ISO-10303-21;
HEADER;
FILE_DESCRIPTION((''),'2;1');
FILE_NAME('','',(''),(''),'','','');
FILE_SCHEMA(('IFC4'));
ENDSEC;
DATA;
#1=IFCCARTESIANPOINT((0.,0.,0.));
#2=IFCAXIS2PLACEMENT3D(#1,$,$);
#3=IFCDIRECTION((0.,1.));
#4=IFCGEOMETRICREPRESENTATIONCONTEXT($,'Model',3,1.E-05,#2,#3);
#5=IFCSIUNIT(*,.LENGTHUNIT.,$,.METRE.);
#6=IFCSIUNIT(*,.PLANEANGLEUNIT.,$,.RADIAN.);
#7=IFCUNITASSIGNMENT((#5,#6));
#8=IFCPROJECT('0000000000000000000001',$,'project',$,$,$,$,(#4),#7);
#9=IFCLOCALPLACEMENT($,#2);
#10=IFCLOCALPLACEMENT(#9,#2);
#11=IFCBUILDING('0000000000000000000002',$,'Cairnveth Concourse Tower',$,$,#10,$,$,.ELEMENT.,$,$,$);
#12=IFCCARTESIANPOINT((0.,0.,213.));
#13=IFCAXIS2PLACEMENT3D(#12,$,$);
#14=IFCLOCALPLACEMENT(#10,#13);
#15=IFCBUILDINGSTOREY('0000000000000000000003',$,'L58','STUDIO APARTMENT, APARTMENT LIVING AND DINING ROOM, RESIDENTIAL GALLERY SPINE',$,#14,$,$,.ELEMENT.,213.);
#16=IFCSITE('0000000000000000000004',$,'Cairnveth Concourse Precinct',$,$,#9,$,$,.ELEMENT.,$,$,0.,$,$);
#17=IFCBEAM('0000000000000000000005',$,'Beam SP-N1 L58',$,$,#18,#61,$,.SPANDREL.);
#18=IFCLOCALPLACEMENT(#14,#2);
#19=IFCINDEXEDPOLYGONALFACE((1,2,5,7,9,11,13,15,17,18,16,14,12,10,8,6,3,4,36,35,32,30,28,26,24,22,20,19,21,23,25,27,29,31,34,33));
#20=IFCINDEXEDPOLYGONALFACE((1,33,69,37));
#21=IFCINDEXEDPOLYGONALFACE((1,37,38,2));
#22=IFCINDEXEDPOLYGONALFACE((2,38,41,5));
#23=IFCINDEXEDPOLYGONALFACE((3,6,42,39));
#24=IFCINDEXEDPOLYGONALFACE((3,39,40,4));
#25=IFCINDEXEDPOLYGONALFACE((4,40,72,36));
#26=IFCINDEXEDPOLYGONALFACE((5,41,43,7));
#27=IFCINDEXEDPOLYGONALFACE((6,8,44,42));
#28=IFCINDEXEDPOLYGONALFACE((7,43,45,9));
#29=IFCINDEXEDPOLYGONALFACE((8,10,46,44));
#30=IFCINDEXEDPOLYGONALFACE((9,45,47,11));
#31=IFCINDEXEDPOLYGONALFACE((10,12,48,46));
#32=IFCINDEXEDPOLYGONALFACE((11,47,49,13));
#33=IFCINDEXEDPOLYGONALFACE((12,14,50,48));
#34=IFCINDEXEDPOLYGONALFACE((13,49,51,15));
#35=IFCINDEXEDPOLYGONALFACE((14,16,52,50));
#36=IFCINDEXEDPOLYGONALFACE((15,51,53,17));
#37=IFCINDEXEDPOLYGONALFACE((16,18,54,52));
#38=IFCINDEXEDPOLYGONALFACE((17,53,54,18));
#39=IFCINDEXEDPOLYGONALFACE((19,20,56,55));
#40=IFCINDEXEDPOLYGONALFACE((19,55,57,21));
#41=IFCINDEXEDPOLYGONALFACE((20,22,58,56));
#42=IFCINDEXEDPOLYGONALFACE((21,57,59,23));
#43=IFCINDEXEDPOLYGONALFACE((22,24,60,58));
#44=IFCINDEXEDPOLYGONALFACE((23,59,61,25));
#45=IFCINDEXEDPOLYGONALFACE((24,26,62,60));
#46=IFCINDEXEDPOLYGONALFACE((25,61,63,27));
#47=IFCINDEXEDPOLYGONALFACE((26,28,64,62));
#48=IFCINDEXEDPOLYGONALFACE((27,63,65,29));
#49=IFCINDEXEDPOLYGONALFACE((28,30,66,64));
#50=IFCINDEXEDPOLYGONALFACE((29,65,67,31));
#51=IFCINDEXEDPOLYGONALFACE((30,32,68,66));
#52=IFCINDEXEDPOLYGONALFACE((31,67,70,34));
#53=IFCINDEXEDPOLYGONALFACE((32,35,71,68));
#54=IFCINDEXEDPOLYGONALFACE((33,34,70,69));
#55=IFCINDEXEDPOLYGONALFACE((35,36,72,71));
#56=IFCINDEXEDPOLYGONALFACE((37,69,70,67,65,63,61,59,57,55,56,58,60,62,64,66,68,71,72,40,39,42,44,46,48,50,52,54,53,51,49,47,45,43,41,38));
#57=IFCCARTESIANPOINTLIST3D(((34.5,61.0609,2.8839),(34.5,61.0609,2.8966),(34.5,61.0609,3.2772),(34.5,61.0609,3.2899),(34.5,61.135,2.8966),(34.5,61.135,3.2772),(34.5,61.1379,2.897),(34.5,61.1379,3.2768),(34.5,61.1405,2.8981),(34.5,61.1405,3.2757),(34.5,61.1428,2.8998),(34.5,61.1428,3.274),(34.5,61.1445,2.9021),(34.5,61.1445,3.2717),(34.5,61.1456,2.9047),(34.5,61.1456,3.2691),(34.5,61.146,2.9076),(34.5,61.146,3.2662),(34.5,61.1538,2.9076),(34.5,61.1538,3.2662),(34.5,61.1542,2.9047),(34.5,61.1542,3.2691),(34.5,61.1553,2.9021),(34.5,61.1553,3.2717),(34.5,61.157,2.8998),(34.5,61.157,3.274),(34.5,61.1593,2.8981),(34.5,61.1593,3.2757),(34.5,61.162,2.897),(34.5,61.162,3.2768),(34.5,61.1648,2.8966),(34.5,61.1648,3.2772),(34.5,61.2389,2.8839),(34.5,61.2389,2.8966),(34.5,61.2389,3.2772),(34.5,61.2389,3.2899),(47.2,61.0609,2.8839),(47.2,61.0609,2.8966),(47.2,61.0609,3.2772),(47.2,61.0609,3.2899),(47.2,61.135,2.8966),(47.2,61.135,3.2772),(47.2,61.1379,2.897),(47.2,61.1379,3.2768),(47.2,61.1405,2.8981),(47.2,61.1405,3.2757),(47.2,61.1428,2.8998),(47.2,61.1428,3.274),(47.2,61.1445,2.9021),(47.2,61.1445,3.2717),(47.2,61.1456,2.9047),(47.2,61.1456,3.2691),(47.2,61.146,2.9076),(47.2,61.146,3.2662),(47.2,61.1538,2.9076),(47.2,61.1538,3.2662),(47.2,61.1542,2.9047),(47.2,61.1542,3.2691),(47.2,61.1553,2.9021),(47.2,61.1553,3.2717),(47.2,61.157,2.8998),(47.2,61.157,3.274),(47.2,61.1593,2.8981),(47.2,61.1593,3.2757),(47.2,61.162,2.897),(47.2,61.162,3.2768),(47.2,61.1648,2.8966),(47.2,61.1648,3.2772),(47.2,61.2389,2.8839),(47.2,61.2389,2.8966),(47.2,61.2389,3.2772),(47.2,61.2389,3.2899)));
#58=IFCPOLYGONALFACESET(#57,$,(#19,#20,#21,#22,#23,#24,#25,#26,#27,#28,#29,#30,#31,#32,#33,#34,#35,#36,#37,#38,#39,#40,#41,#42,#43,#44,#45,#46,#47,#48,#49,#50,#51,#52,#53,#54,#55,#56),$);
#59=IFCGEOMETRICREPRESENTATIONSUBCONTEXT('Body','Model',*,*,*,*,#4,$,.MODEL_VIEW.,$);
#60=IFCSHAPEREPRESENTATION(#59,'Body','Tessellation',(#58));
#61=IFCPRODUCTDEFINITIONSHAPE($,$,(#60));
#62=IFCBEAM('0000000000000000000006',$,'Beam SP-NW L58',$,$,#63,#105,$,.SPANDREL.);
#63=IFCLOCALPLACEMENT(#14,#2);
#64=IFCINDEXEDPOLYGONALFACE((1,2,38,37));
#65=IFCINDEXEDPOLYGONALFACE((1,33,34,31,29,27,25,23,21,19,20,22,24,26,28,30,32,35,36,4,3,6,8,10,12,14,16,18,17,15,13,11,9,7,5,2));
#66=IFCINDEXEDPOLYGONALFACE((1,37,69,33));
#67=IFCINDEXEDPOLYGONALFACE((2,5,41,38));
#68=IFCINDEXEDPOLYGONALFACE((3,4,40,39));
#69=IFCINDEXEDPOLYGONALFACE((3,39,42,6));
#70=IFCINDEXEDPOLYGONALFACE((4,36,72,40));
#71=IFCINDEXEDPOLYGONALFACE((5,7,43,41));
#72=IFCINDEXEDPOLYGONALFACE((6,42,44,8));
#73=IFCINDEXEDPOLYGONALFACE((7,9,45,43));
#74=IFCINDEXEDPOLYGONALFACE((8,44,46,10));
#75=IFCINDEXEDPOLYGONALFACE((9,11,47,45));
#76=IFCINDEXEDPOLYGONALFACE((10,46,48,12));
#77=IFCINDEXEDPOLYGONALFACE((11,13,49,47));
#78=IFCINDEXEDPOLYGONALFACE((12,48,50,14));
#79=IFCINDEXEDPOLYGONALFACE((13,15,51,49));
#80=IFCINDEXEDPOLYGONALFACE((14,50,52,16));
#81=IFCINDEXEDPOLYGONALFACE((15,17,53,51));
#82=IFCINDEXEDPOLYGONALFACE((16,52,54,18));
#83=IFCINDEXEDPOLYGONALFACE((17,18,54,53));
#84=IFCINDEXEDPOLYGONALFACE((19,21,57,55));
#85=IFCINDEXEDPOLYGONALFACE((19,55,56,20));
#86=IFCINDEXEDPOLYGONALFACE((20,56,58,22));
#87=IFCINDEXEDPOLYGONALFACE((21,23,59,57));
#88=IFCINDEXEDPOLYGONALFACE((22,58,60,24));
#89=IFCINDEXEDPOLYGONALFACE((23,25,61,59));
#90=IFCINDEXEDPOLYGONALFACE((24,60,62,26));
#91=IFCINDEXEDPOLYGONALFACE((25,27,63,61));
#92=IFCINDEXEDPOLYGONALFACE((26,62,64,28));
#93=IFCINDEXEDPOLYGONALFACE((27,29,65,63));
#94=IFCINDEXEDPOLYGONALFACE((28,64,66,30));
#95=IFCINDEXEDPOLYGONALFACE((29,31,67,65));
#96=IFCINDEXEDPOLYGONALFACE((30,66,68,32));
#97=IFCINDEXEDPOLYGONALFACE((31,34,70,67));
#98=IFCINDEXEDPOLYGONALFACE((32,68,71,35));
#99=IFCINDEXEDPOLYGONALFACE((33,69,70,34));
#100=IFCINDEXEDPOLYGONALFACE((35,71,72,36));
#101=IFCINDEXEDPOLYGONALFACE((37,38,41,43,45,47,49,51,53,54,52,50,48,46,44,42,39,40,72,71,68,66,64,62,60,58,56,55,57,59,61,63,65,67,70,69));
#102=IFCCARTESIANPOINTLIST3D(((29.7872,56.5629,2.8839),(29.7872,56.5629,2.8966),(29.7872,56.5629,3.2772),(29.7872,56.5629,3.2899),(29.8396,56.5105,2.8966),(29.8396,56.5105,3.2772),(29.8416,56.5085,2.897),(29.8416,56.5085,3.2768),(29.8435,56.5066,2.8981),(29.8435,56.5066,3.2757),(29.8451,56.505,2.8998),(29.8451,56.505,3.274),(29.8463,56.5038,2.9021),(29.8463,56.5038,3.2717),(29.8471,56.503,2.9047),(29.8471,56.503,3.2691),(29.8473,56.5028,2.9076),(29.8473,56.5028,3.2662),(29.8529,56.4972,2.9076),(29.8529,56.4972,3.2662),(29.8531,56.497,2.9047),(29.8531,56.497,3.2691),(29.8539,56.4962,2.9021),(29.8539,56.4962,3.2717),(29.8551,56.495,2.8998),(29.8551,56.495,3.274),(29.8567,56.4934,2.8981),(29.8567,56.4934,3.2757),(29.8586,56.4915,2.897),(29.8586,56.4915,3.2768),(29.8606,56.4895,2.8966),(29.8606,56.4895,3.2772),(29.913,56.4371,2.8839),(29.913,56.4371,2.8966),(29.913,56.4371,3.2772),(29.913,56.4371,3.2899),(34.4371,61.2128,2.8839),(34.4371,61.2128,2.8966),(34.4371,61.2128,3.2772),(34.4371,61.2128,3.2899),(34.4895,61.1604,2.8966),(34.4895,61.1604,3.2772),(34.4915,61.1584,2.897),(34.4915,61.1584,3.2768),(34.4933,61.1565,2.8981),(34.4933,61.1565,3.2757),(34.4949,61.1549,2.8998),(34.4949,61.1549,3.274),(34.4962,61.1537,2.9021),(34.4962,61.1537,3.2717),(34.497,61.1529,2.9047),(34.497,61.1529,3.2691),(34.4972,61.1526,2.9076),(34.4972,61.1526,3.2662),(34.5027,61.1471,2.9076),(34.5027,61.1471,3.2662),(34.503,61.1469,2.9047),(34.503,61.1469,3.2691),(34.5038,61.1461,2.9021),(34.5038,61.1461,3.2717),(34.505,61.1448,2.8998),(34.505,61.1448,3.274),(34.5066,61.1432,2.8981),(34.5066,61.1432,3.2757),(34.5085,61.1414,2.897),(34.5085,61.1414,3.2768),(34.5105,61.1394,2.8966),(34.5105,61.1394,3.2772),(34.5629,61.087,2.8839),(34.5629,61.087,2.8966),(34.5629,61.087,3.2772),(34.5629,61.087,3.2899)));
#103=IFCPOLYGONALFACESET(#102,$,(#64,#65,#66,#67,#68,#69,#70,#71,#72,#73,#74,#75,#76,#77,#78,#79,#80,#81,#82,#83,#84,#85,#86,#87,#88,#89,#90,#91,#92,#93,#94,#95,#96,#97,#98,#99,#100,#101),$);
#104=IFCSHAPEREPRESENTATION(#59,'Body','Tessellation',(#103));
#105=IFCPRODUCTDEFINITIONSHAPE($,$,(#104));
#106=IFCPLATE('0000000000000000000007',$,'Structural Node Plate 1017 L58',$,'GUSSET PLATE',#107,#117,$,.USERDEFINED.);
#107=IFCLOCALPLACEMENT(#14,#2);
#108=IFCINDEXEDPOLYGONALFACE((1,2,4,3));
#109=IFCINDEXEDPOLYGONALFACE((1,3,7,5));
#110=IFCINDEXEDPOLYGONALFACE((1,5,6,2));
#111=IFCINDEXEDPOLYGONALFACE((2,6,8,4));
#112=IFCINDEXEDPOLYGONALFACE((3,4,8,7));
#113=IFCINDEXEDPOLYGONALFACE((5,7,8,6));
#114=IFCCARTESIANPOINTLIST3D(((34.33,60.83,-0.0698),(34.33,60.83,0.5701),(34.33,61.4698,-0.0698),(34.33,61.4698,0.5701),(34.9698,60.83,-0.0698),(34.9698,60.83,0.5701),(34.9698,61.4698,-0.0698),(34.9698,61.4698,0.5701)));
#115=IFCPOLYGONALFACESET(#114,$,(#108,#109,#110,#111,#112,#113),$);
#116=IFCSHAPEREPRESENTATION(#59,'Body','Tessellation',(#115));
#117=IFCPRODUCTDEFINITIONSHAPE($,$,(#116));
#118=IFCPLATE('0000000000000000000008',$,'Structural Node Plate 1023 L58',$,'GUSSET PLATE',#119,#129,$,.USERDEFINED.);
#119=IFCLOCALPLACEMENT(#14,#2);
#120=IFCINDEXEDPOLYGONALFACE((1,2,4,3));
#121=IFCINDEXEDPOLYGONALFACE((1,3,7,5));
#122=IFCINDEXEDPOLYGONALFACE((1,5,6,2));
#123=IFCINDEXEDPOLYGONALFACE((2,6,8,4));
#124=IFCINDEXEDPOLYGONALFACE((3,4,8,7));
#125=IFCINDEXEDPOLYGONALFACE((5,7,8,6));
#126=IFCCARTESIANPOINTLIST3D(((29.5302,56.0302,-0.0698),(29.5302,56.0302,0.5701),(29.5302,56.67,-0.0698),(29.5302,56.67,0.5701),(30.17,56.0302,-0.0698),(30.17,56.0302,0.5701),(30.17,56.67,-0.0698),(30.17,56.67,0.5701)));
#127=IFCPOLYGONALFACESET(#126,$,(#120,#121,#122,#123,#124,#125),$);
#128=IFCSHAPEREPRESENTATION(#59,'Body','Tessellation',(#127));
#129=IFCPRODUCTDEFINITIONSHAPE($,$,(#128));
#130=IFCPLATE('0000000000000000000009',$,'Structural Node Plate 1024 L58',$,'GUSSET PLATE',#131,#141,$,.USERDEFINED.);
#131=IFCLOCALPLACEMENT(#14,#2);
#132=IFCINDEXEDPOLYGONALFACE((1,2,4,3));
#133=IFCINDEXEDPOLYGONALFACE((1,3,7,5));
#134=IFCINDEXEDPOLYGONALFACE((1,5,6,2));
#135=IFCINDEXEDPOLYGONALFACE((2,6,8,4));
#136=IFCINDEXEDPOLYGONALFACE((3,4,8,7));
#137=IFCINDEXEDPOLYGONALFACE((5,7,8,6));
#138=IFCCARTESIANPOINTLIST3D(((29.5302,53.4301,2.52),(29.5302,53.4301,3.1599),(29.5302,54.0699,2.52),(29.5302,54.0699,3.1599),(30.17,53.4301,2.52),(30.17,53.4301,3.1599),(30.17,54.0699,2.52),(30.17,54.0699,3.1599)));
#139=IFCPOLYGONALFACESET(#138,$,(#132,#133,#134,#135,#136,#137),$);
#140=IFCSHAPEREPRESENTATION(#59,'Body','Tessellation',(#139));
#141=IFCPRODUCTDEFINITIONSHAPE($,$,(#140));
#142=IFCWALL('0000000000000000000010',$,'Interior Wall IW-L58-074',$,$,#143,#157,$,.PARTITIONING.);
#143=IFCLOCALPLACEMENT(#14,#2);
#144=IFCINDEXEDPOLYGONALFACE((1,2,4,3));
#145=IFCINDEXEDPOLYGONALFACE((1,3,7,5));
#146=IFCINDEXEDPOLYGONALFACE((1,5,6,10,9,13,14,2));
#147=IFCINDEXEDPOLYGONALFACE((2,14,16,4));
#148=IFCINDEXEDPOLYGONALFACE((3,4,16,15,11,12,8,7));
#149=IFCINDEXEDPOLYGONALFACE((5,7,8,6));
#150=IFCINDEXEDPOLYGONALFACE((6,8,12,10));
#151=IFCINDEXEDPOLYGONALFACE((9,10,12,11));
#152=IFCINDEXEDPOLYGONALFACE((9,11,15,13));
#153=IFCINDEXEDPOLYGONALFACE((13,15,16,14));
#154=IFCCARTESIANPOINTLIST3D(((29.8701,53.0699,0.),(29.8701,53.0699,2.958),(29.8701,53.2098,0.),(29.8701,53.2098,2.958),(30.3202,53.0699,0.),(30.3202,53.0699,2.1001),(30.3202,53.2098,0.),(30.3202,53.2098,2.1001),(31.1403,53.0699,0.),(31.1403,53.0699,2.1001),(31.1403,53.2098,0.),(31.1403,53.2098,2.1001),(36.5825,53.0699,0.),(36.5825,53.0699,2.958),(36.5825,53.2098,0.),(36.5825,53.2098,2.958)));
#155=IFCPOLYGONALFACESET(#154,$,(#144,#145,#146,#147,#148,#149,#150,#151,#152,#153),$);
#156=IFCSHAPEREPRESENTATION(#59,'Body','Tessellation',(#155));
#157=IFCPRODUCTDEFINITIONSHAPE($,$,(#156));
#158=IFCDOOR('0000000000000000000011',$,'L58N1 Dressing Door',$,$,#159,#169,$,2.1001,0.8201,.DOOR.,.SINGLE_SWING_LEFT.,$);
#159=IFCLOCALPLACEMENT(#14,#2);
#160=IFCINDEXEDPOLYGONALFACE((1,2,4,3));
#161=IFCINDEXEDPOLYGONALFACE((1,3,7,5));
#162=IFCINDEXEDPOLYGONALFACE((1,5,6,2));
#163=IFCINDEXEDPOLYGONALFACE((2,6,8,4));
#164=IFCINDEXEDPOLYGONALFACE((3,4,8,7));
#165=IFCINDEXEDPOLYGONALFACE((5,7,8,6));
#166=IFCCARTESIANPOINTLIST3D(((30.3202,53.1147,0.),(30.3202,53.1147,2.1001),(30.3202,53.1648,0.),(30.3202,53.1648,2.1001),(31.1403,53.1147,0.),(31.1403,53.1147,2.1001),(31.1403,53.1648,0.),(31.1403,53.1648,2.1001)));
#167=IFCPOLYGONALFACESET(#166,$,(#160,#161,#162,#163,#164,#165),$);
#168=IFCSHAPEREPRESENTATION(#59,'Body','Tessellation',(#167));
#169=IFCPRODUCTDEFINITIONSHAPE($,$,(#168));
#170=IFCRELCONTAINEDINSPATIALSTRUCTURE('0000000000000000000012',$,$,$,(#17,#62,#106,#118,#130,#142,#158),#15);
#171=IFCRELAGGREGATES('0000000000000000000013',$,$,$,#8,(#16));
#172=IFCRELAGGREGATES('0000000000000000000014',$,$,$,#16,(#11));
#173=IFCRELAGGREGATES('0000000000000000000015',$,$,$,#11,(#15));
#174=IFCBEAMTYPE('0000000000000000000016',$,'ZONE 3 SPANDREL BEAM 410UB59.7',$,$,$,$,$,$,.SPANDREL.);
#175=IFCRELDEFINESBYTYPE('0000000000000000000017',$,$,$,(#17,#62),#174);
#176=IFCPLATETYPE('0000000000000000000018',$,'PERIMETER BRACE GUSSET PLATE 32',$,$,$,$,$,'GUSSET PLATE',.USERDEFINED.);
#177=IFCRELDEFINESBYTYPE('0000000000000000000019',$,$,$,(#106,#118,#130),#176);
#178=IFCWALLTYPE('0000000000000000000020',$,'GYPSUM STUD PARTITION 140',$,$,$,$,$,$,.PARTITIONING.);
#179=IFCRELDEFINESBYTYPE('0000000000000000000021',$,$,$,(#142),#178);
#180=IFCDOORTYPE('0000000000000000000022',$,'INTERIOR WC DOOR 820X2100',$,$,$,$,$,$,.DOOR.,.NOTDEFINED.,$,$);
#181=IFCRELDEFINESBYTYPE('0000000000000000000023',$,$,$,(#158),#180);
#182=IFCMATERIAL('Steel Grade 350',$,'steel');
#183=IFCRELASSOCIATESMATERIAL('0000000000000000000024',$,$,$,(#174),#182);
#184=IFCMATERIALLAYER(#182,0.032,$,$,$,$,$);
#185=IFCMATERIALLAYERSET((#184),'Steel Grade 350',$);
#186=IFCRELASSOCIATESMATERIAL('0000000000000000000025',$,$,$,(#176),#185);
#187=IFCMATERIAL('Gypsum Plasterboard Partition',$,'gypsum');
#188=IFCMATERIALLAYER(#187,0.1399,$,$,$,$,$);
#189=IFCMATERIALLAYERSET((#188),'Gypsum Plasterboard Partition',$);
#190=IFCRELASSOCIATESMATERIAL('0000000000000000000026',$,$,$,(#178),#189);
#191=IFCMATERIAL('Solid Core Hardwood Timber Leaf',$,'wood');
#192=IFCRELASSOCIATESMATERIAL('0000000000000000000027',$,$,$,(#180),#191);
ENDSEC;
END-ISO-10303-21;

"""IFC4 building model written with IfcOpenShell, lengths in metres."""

from ifc_helpers import new_model, si_unit, direction, frame, frame_2d, origin, origin_2d, place, context, subcontext, project, spatial, rectangle, i_section, extrude, material, layer, layer_set, material_profile, profile_set, type_object, element, fill, save


model = new_model("IFC4")

# Units and contexts
model_context = context("Model", 3, precision=1e-05, world=origin(), true_north=direction((0.0, 1.0)))
body_context = subcontext(model_context, "Body", "Model", "MODEL_VIEW")
ifc_project = project(units=[si_unit("LENGTHUNIT", "METRE"), si_unit("PLANEANGLEUNIT", "RADIAN")], contexts=[model_context])

# Site, building, storey
site_placement = place(None, origin())
site = spatial("IfcSite", under=ifc_project, at=site_placement, Name="Cairnveth Concourse Precinct", CompositionType="ELEMENT", RefElevation=0.0)
building_placement = place(site_placement, origin())
building = spatial("IfcBuilding", under=site, at=building_placement, Name="Cairnveth Concourse Tower", CompositionType="ELEMENT")
storey_placement = place(building_placement, frame((0.0, 0.0, 213.0)))
storey = spatial("IfcBuildingStorey", under=building, at=storey_placement, Name="L58", Description="STUDIO APARTMENT, APARTMENT LIVING AND DINING ROOM, RESIDENTIAL GALLERY SPINE", CompositionType="ELEMENT", Elevation=213.0)

# Shared definitions
ifc_material_1 = material(Name="Steel Grade 350", Category="steel")

# Beams
ifc_material_profile_1 = material_profile(ifc_material_1, i_section(OverallWidth=0.178, OverallDepth=0.406, WebThickness=0.0078, FlangeThickness=0.0127, FilletRadius=0.011, at=origin_2d()), Name="410UB59.7")
ifc_profile_set_1 = profile_set([ifc_material_profile_1], Name="Steel Grade 350")
beam_type_1 = type_object("IfcBeamType", Name="ZONE 3 SPANDREL BEAM 410UB59.7", PredefinedType="SPANDREL", material=ifc_profile_set_1)
beam_1_placement = place(storey_placement, frame((34.5, 61.1499, 3.0869), z_axis=(1.0, 0.0, 0.0), x_axis=(0.0, 1.0, 0.0)))
element("IfcBeam", 1, at=beam_1_placement, inside=storey, type_object=beam_type_1, Name="Beam SP-N1 L58", PredefinedType="SPANDREL", context=body_context, shape_type="SweptSolid", body=[
    extrude(i_section(OverallWidth=0.178, OverallDepth=0.406, WebThickness=0.0078, FlangeThickness=0.0127, FilletRadius=0.011, at=origin_2d()), origin(), (0.0, 0.0, 1.0), 12.7),
])
beam_2_placement = place(storey_placement, frame((29.8501, 56.5, 3.0869), z_axis=(0.707107, 0.707107, 0.0), x_axis=(-0.707107, 0.707107, 0.0)))
element("IfcBeam", 2, at=beam_2_placement, inside=storey, type_object=beam_type_1, Name="Beam SP-NW L58", PredefinedType="SPANDREL", context=body_context, shape_type="SweptSolid", body=[
    extrude(i_section(OverallWidth=0.178, OverallDepth=0.406, WebThickness=0.0078, FlangeThickness=0.0127, FilletRadius=0.011, at=origin_2d()), origin(), (0.0, 0.0, 1.0), 6.5759),
])

# Plates
ifc_layer_1 = layer(ifc_material_1, 0.032)
ifc_layer_set_1 = layer_set([ifc_layer_1], Name="Steel Grade 350")
plate_type = type_object("IfcPlateType", Name="PERIMETER BRACE GUSSET PLATE 32", ElementType="GUSSET PLATE", PredefinedType="USERDEFINED", material=ifc_layer_set_1)
for number, where, z_axis, x_axis, name in (
    (3, (34.6499, 61.1499, -0.0698), (0.0, 0.0, 1.0), (1.0, 0.0, 0.0), "Structural Node Plate 1017 L58"),
    (4, (29.8501, 56.3501, -0.0698), (0.0, 0.0, 1.0), (1.0, 0.0, 0.0), "Structural Node Plate 1023 L58"),
    (5, (29.8501, 53.75, 2.52), (0.0, 0.0, 1.0), (1.0, 0.0, 0.0), "Structural Node Plate 1024 L58"),
):
    element("IfcPlate", number, at=place(storey_placement, frame(where, z_axis=z_axis, x_axis=x_axis)), inside=storey, type_object=plate_type, Name=name, ObjectType="GUSSET PLATE", PredefinedType="USERDEFINED", context=body_context, shape_type="SweptSolid", body=[
        extrude(rectangle(XDim=0.6399, YDim=0.6399, at=origin_2d()), origin(), (0.0, 0.0, 1.0), 0.6399),
    ])

# Wall, opening, door
ifc_material_2 = material(Name="Gypsum Plasterboard Partition", Category="gypsum")
ifc_layer_2 = layer(ifc_material_2, 0.1399)
ifc_layer_set_2 = layer_set([ifc_layer_2], Name="Gypsum Plasterboard Partition")
wall_type_1 = type_object("IfcWallType", Name="GYPSUM STUD PARTITION 140", PredefinedType="PARTITIONING", material=ifc_layer_set_2)
wall_1_placement = place(storey_placement, frame((29.8701, 53.1399, 0.0), z_axis=(0.0, 0.0, 1.0), x_axis=(1.0, 0.0, 0.0)))
wall_1 = element("IfcWall", 6, at=wall_1_placement, inside=storey, type_object=wall_type_1, Name="Interior Wall IW-L58-074", PredefinedType="PARTITIONING", context=body_context, shape_type="SweptSolid", body=[
    extrude(rectangle(XDim=6.7124, YDim=0.1399, at=frame_2d((3.3562, 0.0))), origin(), (0.0, 0.0, 1.0), 2.958),
])
opening_1_placement = place(wall_1_placement, frame((0.45, 0.0, 0.0)))
opening_1 = element("IfcOpeningElement", 7, at=opening_1_placement, cuts=wall_1, PredefinedType="OPENING", context=body_context, shape_type="SweptSolid", body=[
    extrude(rectangle(XDim=0.8201, YDim=2.1001, at=frame_2d((0.4102, 1.05))), frame((0.0, 0.0798, 0.0), z_axis=(0.0, -1.0, 0.0), x_axis=(1.0, 0.0, 0.0)), (0.0, 0.0, 1.0), 0.1599),
])
ifc_material_3 = material(Name="Solid Core Hardwood Timber Leaf", Category="wood")
door_type = type_object("IfcDoorType", Name="INTERIOR WC DOOR 820X2100", OperationType="NOTDEFINED", PredefinedType="DOOR", material=ifc_material_3)
door_placement = place(opening_1_placement, origin())
door = element("IfcDoor", 8, at=door_placement, inside=storey, type_object=door_type, Name="L58N1 Dressing Door", OperationType="SINGLE_SWING_LEFT", OverallHeight=2.1001, OverallWidth=0.8201, PredefinedType="DOOR", context=body_context, shape_type="SweptSolid", body=[
    extrude(rectangle(XDim=0.8201, YDim=2.1001, at=frame_2d((0.4102, 1.05))), frame((0.0, 0.0249, 0.0), z_axis=(0.0, -1.0, 0.0), x_axis=(1.0, 0.0, 0.0)), (0.0, 0.0, 1.0), 0.05),
])
fill(opening_1, door)

save(model, "model.ifc")
